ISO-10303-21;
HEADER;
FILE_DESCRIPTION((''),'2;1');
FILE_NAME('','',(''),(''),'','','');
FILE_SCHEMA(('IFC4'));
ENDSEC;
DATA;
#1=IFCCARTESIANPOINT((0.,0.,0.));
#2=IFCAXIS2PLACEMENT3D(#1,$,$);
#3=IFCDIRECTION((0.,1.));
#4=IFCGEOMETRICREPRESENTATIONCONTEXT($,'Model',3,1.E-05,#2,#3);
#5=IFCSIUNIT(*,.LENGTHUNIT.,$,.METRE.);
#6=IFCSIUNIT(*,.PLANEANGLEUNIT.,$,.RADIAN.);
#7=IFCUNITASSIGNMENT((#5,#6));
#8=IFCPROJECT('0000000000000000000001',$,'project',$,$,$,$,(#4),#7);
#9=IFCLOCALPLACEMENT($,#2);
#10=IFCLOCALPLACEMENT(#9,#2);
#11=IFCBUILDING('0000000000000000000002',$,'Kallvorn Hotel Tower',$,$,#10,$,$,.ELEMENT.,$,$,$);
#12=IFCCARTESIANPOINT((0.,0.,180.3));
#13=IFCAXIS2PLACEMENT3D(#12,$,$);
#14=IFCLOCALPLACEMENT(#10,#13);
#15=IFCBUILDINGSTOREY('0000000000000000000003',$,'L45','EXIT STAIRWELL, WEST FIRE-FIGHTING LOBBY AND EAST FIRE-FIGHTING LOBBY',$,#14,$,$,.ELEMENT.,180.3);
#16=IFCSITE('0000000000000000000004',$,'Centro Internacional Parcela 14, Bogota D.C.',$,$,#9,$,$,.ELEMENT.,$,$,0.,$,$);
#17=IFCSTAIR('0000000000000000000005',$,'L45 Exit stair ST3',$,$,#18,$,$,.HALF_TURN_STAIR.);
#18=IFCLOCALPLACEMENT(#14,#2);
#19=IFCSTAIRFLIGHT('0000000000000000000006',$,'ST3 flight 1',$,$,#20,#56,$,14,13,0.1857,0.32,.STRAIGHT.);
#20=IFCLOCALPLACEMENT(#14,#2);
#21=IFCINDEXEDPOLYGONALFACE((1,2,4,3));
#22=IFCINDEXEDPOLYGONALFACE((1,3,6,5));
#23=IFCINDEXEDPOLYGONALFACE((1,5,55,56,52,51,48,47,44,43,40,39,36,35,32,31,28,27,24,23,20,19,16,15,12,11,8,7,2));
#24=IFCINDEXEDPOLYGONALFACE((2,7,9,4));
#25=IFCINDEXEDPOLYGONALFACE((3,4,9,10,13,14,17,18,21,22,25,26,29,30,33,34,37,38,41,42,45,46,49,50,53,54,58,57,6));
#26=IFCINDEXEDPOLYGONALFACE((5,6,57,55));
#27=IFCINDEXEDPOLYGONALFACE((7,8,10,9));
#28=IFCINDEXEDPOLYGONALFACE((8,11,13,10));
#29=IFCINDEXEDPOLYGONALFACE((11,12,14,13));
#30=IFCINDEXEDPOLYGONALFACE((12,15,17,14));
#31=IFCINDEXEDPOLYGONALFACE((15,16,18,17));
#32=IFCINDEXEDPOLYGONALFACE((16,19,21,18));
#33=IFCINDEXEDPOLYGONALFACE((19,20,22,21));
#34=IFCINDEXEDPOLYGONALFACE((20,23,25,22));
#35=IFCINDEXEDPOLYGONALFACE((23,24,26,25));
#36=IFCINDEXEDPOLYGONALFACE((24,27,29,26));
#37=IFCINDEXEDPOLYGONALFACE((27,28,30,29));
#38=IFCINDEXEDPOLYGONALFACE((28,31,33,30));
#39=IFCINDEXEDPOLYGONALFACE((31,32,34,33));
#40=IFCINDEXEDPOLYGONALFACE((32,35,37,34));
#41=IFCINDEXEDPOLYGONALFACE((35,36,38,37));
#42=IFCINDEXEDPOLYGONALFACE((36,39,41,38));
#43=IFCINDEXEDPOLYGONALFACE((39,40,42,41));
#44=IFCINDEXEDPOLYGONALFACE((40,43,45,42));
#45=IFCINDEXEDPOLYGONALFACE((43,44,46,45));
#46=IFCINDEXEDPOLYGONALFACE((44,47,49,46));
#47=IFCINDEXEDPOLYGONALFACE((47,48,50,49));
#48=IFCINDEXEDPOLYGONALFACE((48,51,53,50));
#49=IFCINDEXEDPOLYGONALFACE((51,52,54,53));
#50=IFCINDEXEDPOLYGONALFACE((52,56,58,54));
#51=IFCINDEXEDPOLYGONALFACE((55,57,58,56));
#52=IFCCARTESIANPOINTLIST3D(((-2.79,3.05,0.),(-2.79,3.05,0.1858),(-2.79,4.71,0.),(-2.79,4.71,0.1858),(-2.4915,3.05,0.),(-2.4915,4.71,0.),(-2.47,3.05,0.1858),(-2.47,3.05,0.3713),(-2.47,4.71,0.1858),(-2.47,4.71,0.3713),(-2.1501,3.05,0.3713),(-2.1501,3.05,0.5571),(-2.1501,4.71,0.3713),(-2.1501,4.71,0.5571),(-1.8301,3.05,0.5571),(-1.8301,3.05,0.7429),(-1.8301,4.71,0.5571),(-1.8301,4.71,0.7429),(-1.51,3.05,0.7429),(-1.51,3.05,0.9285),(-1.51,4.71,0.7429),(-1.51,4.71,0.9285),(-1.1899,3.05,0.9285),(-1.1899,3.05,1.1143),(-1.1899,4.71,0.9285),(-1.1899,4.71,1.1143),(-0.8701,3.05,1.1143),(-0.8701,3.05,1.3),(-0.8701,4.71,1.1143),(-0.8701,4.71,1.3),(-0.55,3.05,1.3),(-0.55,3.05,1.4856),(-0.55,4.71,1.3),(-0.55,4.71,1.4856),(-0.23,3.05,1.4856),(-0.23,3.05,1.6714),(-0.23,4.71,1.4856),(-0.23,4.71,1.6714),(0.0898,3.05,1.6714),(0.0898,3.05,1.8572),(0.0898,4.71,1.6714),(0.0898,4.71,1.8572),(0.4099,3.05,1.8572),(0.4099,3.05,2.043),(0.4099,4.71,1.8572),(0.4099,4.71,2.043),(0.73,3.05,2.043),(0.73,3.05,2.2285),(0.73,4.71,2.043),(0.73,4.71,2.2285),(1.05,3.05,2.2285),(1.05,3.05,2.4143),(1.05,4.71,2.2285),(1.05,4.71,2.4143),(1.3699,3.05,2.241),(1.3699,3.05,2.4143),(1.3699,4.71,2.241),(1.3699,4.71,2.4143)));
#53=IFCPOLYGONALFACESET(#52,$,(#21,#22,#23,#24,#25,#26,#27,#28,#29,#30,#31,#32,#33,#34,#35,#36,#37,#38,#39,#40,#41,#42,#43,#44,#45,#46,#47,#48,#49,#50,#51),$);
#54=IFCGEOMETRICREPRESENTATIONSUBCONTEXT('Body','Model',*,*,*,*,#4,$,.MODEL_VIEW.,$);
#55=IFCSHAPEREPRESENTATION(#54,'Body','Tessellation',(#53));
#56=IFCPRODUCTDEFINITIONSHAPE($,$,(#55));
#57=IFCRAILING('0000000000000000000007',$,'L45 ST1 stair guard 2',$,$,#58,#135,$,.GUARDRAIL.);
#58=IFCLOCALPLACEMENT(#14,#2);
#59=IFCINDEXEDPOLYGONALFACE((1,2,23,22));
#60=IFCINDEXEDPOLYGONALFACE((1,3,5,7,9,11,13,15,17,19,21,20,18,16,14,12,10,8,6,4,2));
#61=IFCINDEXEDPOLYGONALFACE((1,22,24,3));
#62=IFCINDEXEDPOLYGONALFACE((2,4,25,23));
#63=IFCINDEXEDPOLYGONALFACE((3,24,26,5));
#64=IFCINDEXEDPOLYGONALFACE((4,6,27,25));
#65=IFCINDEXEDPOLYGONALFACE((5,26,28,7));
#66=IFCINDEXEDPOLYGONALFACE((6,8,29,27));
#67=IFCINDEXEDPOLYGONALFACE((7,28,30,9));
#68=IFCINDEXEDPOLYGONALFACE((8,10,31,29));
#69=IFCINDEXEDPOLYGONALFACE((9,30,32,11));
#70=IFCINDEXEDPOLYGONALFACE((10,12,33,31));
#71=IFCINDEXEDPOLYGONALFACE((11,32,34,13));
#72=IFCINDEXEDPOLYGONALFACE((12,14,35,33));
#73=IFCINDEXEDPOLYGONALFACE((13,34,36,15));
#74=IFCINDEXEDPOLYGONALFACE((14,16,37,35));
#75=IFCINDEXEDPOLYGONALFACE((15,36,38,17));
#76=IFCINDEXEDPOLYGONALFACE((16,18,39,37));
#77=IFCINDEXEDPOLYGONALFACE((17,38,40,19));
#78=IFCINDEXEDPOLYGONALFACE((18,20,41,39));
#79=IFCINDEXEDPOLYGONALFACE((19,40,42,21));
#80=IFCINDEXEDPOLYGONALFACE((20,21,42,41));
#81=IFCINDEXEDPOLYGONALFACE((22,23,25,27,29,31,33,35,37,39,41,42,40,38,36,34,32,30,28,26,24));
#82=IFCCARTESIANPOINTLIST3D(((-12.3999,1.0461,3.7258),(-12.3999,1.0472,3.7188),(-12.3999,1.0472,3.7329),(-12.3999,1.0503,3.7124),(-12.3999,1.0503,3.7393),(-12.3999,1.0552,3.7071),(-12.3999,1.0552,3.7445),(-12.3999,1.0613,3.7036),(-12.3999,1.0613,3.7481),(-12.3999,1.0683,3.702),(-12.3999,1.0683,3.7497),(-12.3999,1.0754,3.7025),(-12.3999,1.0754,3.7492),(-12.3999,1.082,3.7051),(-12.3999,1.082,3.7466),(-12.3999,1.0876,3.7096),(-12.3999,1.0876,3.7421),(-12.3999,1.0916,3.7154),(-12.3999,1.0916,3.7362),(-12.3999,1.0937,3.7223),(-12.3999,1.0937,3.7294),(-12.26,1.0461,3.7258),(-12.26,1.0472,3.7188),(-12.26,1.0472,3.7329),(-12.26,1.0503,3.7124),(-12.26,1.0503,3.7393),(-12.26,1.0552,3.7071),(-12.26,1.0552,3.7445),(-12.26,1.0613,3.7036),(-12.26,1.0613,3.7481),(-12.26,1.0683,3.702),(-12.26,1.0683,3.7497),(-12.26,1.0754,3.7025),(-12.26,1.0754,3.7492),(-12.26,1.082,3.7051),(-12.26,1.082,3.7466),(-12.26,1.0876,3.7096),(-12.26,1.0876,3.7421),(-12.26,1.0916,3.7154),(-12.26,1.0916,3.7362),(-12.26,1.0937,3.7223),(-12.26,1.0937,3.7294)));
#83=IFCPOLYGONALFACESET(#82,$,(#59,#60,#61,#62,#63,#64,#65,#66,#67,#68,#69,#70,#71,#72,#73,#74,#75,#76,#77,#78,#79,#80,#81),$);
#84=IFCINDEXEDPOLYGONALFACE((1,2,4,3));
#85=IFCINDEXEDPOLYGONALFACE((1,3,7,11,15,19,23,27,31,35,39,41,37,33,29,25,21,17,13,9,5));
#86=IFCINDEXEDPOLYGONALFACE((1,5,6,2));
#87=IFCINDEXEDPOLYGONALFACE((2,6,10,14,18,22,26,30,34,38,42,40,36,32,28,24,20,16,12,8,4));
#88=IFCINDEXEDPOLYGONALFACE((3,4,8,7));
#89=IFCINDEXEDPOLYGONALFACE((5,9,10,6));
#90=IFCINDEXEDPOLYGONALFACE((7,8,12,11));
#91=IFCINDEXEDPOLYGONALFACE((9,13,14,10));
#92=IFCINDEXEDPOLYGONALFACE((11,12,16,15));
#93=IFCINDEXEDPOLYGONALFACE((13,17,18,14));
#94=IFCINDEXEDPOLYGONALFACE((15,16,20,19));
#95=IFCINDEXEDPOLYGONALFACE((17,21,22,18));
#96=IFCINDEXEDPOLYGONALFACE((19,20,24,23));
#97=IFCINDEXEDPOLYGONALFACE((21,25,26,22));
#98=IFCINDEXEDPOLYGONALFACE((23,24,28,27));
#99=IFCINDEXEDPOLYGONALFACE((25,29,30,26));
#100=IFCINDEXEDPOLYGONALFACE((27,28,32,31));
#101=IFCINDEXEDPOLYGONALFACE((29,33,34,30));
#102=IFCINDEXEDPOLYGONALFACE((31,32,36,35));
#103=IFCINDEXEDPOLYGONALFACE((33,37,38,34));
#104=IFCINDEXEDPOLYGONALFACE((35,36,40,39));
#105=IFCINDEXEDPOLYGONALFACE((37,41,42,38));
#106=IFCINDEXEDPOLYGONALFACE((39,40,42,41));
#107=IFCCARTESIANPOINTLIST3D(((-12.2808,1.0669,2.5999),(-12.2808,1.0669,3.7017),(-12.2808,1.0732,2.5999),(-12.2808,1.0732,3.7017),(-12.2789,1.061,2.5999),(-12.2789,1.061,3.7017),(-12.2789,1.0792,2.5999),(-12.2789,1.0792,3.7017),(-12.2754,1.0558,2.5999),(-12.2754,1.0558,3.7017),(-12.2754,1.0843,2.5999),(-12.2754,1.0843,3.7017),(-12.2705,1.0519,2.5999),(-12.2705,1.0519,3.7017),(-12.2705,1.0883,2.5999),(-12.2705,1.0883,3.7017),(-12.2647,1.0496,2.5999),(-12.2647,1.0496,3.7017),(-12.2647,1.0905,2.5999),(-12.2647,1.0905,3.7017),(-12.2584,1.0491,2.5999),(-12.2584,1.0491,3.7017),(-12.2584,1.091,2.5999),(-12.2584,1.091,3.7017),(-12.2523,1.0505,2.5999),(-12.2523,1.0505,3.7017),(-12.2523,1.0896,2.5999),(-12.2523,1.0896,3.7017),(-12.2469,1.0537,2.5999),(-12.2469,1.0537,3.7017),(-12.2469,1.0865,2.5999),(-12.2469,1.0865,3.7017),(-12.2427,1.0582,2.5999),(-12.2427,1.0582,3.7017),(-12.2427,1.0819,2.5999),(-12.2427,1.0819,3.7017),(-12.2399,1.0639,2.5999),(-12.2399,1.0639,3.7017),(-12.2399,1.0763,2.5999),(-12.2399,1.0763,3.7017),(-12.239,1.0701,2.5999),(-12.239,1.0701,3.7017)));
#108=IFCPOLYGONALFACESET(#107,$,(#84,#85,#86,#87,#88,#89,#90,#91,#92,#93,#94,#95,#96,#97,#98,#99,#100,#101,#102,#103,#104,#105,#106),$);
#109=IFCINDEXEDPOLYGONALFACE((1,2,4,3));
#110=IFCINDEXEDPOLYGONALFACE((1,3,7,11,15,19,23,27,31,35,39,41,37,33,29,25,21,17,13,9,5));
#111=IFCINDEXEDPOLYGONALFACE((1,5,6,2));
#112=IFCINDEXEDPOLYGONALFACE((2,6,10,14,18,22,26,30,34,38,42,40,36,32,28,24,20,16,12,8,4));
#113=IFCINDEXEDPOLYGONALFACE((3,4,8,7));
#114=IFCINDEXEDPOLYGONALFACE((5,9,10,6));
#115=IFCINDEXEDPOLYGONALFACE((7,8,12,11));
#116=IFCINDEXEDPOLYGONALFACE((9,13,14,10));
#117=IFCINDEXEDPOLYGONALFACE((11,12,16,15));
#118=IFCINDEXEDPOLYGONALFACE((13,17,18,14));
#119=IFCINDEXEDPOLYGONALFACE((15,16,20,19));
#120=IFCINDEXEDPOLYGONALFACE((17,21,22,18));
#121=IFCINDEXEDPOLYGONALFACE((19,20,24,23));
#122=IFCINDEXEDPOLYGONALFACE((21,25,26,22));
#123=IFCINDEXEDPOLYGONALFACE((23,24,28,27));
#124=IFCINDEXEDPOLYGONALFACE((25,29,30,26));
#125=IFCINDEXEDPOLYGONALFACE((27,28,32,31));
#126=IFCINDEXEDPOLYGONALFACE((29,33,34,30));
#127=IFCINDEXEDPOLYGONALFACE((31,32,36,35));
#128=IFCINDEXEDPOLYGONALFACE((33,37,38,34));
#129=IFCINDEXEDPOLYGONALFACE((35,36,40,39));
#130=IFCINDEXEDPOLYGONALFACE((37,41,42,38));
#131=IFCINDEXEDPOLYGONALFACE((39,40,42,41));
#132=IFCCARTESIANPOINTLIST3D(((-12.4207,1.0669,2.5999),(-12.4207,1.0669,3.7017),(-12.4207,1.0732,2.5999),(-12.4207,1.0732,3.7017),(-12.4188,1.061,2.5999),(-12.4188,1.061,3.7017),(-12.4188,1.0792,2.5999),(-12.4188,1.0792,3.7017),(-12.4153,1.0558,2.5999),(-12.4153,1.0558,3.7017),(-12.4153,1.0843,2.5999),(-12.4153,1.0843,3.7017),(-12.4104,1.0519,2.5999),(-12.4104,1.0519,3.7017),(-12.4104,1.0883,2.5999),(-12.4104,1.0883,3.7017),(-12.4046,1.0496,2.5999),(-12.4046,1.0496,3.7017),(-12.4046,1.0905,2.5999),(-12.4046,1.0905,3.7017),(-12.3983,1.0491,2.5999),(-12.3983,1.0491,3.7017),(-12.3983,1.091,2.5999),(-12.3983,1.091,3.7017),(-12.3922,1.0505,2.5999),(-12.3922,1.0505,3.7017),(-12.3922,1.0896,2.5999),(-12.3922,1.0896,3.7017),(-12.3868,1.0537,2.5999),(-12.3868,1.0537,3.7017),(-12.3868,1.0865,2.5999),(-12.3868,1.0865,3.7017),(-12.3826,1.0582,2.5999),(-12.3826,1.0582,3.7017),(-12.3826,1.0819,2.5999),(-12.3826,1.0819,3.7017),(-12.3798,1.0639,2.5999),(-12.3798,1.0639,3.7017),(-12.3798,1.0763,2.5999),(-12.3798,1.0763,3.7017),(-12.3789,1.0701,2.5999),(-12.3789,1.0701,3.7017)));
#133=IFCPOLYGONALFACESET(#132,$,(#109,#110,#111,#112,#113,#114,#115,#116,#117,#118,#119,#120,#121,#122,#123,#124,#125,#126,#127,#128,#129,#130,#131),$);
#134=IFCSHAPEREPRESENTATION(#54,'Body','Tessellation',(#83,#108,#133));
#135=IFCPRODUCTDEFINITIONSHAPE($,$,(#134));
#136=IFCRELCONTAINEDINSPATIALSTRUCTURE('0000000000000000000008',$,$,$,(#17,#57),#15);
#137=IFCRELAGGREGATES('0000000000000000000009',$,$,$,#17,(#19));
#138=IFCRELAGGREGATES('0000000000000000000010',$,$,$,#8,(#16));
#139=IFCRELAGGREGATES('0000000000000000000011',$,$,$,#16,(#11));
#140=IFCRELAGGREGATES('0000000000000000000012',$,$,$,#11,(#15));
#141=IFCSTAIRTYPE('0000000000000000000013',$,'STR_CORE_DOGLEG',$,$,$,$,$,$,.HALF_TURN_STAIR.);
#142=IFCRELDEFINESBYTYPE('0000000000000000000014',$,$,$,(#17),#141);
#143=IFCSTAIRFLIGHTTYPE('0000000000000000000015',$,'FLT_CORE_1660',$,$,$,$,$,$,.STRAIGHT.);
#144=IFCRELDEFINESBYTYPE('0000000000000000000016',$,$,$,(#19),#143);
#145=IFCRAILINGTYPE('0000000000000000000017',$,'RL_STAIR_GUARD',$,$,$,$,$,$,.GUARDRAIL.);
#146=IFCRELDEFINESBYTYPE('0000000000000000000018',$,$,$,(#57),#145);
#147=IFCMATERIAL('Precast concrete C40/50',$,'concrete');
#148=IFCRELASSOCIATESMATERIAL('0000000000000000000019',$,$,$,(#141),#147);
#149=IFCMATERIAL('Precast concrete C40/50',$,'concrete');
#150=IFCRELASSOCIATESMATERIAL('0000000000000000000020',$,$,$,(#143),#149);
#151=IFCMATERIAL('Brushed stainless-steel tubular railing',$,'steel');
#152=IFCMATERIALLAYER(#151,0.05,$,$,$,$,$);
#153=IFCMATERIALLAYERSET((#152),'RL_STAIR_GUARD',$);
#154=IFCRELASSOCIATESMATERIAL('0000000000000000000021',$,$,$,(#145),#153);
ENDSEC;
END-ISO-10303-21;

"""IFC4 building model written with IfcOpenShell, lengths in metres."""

from ifc_helpers import new_model, si_unit, direction, frame, origin, origin_2d, place, context, subcontext, project, spatial, polyline, circle, outline, extrude, material, layer, layer_set, type_object, element, aggregate, save


model = new_model("IFC4")

# Units and contexts
model_context = context("Model", 3, precision=1e-05, world=origin(), true_north=direction((0.0, 1.0)))
body_context = subcontext(model_context, "Body", "Model", "MODEL_VIEW")
ifc_project = project(units=[si_unit("LENGTHUNIT", "METRE"), si_unit("PLANEANGLEUNIT", "RADIAN")], contexts=[model_context])

# Site, building, storey
site_placement = place(None, origin())
site = spatial("IfcSite", under=ifc_project, at=site_placement, Name="Centro Internacional Parcela 14, Bogota D.C.", CompositionType="ELEMENT", RefElevation=0.0)
building_placement = place(site_placement, origin())
building = spatial("IfcBuilding", under=site, at=building_placement, Name="Kallvorn Hotel Tower", CompositionType="ELEMENT")
storey_placement = place(building_placement, frame((0.0, 0.0, 180.3)))
storey = spatial("IfcBuildingStorey", under=building, at=storey_placement, Name="L45", Description="EXIT STAIRWELL, WEST FIRE-FIGHTING LOBBY AND EAST FIRE-FIGHTING LOBBY", CompositionType="ELEMENT", Elevation=180.3)

# Stair, stair flight
ifc_material_1 = material(Name="Precast concrete C40/50", Category="concrete")
stair_type = type_object("IfcStairType", Name="STR_CORE_DOGLEG", PredefinedType="HALF_TURN_STAIR", material=ifc_material_1)
ifc_material_2 = material(Name="Precast concrete C40/50", Category="concrete")
stair_flight_type = type_object("IfcStairFlightType", Name="FLT_CORE_1660", PredefinedType="STRAIGHT", material=ifc_material_2)
stair_1_placement = place(storey_placement, origin())
stair_1 = element("IfcStair", 1, at=stair_1_placement, inside=storey, type_object=stair_type, Name="L45 Exit stair ST3", PredefinedType="HALF_TURN_STAIR")
stair_flight_1_placement = place(storey_placement, frame((-2.79, 3.8799, 0.0), z_axis=(0.0, 0.0, 1.0), x_axis=(1.0, 0.0, 0.0)))
stair_flight_1 = element("IfcStairFlight", 2, at=stair_flight_1_placement, type_object=stair_flight_type, Name="ST3 flight 1", NumberOfRisers=14, NumberOfTreads=13, PredefinedType="STRAIGHT", RiserHeight=0.1857, TreadLength=0.32, context=body_context, shape_type="SweptSolid", body=[
    extrude(outline(polyline([(0.0, 0.0), (0.0, 0.1858), (0.3201, 0.1858), (0.3201, 0.3713), (0.6399, 0.3713), (0.6399, 0.5571), (0.96, 0.5571), (0.96, 0.7429), (1.28, 0.7429), (1.28, 0.9285), (1.6001, 0.9285), (1.6001, 1.1143), (1.9199, 1.1143), (1.9199, 1.3), (2.24, 1.3), (2.24, 1.4856), (2.5601, 1.4856), (2.5601, 1.6714), (2.8799, 1.6714), (2.8799, 1.8572), (3.2, 1.8572), (3.2, 2.043), (3.52, 2.043), (3.52, 2.2285), (3.8401, 2.2285), (3.8401, 2.4143), (4.1599, 2.4143), (4.1599, 2.6001), (4.1599, 2.241), (0.2986, 0.0), (0.0, 0.0)])), frame((0.0, 0.8301, 0.0), z_axis=(0.0, -1.0, 0.0), x_axis=(1.0, 0.0, 0.0)), (0.0, 0.0, 1.0), 1.6599),
])
aggregate(stair_1, [stair_flight_1])

# Railing
ifc_material_3 = material(Name="Brushed stainless-steel tubular railing", Category="steel")
ifc_layer_1 = layer(ifc_material_3, 0.05)
ifc_layer_set_1 = layer_set([ifc_layer_1], Name="RL_STAIR_GUARD")
railing_type_1 = type_object("IfcRailingType", Name="RL_STAIR_GUARD", PredefinedType="GUARDRAIL", material=ifc_layer_set_1)
railing_1_placement = place(storey_placement, frame((-12.26, 1.0701, 2.5999)))
element("IfcRailing", 3, at=railing_1_placement, inside=storey, type_object=railing_type_1, Name="L45 ST1 stair guard 2", PredefinedType="GUARDRAIL", context=body_context, shape_type="SweptSolid", body=[
    extrude(circle(Radius=0.0239, at=origin_2d()), frame((0.0, 0.0, 1.126), z_axis=(-1.0, 0.0, 0.0), x_axis=(0.0, -1.0, 0.0)), (0.0, 0.0, 1.0), 0.1399),
    extrude(circle(Radius=0.021, at=origin_2d()), origin(), (0.0, 0.0, 1.0), 1.1018),
    extrude(circle(Radius=0.021, at=origin_2d()), frame((-0.1399, 0.0, 0.0)), (0.0, 0.0, 1.0), 1.1018),
])

save(model, "model.ifc")
